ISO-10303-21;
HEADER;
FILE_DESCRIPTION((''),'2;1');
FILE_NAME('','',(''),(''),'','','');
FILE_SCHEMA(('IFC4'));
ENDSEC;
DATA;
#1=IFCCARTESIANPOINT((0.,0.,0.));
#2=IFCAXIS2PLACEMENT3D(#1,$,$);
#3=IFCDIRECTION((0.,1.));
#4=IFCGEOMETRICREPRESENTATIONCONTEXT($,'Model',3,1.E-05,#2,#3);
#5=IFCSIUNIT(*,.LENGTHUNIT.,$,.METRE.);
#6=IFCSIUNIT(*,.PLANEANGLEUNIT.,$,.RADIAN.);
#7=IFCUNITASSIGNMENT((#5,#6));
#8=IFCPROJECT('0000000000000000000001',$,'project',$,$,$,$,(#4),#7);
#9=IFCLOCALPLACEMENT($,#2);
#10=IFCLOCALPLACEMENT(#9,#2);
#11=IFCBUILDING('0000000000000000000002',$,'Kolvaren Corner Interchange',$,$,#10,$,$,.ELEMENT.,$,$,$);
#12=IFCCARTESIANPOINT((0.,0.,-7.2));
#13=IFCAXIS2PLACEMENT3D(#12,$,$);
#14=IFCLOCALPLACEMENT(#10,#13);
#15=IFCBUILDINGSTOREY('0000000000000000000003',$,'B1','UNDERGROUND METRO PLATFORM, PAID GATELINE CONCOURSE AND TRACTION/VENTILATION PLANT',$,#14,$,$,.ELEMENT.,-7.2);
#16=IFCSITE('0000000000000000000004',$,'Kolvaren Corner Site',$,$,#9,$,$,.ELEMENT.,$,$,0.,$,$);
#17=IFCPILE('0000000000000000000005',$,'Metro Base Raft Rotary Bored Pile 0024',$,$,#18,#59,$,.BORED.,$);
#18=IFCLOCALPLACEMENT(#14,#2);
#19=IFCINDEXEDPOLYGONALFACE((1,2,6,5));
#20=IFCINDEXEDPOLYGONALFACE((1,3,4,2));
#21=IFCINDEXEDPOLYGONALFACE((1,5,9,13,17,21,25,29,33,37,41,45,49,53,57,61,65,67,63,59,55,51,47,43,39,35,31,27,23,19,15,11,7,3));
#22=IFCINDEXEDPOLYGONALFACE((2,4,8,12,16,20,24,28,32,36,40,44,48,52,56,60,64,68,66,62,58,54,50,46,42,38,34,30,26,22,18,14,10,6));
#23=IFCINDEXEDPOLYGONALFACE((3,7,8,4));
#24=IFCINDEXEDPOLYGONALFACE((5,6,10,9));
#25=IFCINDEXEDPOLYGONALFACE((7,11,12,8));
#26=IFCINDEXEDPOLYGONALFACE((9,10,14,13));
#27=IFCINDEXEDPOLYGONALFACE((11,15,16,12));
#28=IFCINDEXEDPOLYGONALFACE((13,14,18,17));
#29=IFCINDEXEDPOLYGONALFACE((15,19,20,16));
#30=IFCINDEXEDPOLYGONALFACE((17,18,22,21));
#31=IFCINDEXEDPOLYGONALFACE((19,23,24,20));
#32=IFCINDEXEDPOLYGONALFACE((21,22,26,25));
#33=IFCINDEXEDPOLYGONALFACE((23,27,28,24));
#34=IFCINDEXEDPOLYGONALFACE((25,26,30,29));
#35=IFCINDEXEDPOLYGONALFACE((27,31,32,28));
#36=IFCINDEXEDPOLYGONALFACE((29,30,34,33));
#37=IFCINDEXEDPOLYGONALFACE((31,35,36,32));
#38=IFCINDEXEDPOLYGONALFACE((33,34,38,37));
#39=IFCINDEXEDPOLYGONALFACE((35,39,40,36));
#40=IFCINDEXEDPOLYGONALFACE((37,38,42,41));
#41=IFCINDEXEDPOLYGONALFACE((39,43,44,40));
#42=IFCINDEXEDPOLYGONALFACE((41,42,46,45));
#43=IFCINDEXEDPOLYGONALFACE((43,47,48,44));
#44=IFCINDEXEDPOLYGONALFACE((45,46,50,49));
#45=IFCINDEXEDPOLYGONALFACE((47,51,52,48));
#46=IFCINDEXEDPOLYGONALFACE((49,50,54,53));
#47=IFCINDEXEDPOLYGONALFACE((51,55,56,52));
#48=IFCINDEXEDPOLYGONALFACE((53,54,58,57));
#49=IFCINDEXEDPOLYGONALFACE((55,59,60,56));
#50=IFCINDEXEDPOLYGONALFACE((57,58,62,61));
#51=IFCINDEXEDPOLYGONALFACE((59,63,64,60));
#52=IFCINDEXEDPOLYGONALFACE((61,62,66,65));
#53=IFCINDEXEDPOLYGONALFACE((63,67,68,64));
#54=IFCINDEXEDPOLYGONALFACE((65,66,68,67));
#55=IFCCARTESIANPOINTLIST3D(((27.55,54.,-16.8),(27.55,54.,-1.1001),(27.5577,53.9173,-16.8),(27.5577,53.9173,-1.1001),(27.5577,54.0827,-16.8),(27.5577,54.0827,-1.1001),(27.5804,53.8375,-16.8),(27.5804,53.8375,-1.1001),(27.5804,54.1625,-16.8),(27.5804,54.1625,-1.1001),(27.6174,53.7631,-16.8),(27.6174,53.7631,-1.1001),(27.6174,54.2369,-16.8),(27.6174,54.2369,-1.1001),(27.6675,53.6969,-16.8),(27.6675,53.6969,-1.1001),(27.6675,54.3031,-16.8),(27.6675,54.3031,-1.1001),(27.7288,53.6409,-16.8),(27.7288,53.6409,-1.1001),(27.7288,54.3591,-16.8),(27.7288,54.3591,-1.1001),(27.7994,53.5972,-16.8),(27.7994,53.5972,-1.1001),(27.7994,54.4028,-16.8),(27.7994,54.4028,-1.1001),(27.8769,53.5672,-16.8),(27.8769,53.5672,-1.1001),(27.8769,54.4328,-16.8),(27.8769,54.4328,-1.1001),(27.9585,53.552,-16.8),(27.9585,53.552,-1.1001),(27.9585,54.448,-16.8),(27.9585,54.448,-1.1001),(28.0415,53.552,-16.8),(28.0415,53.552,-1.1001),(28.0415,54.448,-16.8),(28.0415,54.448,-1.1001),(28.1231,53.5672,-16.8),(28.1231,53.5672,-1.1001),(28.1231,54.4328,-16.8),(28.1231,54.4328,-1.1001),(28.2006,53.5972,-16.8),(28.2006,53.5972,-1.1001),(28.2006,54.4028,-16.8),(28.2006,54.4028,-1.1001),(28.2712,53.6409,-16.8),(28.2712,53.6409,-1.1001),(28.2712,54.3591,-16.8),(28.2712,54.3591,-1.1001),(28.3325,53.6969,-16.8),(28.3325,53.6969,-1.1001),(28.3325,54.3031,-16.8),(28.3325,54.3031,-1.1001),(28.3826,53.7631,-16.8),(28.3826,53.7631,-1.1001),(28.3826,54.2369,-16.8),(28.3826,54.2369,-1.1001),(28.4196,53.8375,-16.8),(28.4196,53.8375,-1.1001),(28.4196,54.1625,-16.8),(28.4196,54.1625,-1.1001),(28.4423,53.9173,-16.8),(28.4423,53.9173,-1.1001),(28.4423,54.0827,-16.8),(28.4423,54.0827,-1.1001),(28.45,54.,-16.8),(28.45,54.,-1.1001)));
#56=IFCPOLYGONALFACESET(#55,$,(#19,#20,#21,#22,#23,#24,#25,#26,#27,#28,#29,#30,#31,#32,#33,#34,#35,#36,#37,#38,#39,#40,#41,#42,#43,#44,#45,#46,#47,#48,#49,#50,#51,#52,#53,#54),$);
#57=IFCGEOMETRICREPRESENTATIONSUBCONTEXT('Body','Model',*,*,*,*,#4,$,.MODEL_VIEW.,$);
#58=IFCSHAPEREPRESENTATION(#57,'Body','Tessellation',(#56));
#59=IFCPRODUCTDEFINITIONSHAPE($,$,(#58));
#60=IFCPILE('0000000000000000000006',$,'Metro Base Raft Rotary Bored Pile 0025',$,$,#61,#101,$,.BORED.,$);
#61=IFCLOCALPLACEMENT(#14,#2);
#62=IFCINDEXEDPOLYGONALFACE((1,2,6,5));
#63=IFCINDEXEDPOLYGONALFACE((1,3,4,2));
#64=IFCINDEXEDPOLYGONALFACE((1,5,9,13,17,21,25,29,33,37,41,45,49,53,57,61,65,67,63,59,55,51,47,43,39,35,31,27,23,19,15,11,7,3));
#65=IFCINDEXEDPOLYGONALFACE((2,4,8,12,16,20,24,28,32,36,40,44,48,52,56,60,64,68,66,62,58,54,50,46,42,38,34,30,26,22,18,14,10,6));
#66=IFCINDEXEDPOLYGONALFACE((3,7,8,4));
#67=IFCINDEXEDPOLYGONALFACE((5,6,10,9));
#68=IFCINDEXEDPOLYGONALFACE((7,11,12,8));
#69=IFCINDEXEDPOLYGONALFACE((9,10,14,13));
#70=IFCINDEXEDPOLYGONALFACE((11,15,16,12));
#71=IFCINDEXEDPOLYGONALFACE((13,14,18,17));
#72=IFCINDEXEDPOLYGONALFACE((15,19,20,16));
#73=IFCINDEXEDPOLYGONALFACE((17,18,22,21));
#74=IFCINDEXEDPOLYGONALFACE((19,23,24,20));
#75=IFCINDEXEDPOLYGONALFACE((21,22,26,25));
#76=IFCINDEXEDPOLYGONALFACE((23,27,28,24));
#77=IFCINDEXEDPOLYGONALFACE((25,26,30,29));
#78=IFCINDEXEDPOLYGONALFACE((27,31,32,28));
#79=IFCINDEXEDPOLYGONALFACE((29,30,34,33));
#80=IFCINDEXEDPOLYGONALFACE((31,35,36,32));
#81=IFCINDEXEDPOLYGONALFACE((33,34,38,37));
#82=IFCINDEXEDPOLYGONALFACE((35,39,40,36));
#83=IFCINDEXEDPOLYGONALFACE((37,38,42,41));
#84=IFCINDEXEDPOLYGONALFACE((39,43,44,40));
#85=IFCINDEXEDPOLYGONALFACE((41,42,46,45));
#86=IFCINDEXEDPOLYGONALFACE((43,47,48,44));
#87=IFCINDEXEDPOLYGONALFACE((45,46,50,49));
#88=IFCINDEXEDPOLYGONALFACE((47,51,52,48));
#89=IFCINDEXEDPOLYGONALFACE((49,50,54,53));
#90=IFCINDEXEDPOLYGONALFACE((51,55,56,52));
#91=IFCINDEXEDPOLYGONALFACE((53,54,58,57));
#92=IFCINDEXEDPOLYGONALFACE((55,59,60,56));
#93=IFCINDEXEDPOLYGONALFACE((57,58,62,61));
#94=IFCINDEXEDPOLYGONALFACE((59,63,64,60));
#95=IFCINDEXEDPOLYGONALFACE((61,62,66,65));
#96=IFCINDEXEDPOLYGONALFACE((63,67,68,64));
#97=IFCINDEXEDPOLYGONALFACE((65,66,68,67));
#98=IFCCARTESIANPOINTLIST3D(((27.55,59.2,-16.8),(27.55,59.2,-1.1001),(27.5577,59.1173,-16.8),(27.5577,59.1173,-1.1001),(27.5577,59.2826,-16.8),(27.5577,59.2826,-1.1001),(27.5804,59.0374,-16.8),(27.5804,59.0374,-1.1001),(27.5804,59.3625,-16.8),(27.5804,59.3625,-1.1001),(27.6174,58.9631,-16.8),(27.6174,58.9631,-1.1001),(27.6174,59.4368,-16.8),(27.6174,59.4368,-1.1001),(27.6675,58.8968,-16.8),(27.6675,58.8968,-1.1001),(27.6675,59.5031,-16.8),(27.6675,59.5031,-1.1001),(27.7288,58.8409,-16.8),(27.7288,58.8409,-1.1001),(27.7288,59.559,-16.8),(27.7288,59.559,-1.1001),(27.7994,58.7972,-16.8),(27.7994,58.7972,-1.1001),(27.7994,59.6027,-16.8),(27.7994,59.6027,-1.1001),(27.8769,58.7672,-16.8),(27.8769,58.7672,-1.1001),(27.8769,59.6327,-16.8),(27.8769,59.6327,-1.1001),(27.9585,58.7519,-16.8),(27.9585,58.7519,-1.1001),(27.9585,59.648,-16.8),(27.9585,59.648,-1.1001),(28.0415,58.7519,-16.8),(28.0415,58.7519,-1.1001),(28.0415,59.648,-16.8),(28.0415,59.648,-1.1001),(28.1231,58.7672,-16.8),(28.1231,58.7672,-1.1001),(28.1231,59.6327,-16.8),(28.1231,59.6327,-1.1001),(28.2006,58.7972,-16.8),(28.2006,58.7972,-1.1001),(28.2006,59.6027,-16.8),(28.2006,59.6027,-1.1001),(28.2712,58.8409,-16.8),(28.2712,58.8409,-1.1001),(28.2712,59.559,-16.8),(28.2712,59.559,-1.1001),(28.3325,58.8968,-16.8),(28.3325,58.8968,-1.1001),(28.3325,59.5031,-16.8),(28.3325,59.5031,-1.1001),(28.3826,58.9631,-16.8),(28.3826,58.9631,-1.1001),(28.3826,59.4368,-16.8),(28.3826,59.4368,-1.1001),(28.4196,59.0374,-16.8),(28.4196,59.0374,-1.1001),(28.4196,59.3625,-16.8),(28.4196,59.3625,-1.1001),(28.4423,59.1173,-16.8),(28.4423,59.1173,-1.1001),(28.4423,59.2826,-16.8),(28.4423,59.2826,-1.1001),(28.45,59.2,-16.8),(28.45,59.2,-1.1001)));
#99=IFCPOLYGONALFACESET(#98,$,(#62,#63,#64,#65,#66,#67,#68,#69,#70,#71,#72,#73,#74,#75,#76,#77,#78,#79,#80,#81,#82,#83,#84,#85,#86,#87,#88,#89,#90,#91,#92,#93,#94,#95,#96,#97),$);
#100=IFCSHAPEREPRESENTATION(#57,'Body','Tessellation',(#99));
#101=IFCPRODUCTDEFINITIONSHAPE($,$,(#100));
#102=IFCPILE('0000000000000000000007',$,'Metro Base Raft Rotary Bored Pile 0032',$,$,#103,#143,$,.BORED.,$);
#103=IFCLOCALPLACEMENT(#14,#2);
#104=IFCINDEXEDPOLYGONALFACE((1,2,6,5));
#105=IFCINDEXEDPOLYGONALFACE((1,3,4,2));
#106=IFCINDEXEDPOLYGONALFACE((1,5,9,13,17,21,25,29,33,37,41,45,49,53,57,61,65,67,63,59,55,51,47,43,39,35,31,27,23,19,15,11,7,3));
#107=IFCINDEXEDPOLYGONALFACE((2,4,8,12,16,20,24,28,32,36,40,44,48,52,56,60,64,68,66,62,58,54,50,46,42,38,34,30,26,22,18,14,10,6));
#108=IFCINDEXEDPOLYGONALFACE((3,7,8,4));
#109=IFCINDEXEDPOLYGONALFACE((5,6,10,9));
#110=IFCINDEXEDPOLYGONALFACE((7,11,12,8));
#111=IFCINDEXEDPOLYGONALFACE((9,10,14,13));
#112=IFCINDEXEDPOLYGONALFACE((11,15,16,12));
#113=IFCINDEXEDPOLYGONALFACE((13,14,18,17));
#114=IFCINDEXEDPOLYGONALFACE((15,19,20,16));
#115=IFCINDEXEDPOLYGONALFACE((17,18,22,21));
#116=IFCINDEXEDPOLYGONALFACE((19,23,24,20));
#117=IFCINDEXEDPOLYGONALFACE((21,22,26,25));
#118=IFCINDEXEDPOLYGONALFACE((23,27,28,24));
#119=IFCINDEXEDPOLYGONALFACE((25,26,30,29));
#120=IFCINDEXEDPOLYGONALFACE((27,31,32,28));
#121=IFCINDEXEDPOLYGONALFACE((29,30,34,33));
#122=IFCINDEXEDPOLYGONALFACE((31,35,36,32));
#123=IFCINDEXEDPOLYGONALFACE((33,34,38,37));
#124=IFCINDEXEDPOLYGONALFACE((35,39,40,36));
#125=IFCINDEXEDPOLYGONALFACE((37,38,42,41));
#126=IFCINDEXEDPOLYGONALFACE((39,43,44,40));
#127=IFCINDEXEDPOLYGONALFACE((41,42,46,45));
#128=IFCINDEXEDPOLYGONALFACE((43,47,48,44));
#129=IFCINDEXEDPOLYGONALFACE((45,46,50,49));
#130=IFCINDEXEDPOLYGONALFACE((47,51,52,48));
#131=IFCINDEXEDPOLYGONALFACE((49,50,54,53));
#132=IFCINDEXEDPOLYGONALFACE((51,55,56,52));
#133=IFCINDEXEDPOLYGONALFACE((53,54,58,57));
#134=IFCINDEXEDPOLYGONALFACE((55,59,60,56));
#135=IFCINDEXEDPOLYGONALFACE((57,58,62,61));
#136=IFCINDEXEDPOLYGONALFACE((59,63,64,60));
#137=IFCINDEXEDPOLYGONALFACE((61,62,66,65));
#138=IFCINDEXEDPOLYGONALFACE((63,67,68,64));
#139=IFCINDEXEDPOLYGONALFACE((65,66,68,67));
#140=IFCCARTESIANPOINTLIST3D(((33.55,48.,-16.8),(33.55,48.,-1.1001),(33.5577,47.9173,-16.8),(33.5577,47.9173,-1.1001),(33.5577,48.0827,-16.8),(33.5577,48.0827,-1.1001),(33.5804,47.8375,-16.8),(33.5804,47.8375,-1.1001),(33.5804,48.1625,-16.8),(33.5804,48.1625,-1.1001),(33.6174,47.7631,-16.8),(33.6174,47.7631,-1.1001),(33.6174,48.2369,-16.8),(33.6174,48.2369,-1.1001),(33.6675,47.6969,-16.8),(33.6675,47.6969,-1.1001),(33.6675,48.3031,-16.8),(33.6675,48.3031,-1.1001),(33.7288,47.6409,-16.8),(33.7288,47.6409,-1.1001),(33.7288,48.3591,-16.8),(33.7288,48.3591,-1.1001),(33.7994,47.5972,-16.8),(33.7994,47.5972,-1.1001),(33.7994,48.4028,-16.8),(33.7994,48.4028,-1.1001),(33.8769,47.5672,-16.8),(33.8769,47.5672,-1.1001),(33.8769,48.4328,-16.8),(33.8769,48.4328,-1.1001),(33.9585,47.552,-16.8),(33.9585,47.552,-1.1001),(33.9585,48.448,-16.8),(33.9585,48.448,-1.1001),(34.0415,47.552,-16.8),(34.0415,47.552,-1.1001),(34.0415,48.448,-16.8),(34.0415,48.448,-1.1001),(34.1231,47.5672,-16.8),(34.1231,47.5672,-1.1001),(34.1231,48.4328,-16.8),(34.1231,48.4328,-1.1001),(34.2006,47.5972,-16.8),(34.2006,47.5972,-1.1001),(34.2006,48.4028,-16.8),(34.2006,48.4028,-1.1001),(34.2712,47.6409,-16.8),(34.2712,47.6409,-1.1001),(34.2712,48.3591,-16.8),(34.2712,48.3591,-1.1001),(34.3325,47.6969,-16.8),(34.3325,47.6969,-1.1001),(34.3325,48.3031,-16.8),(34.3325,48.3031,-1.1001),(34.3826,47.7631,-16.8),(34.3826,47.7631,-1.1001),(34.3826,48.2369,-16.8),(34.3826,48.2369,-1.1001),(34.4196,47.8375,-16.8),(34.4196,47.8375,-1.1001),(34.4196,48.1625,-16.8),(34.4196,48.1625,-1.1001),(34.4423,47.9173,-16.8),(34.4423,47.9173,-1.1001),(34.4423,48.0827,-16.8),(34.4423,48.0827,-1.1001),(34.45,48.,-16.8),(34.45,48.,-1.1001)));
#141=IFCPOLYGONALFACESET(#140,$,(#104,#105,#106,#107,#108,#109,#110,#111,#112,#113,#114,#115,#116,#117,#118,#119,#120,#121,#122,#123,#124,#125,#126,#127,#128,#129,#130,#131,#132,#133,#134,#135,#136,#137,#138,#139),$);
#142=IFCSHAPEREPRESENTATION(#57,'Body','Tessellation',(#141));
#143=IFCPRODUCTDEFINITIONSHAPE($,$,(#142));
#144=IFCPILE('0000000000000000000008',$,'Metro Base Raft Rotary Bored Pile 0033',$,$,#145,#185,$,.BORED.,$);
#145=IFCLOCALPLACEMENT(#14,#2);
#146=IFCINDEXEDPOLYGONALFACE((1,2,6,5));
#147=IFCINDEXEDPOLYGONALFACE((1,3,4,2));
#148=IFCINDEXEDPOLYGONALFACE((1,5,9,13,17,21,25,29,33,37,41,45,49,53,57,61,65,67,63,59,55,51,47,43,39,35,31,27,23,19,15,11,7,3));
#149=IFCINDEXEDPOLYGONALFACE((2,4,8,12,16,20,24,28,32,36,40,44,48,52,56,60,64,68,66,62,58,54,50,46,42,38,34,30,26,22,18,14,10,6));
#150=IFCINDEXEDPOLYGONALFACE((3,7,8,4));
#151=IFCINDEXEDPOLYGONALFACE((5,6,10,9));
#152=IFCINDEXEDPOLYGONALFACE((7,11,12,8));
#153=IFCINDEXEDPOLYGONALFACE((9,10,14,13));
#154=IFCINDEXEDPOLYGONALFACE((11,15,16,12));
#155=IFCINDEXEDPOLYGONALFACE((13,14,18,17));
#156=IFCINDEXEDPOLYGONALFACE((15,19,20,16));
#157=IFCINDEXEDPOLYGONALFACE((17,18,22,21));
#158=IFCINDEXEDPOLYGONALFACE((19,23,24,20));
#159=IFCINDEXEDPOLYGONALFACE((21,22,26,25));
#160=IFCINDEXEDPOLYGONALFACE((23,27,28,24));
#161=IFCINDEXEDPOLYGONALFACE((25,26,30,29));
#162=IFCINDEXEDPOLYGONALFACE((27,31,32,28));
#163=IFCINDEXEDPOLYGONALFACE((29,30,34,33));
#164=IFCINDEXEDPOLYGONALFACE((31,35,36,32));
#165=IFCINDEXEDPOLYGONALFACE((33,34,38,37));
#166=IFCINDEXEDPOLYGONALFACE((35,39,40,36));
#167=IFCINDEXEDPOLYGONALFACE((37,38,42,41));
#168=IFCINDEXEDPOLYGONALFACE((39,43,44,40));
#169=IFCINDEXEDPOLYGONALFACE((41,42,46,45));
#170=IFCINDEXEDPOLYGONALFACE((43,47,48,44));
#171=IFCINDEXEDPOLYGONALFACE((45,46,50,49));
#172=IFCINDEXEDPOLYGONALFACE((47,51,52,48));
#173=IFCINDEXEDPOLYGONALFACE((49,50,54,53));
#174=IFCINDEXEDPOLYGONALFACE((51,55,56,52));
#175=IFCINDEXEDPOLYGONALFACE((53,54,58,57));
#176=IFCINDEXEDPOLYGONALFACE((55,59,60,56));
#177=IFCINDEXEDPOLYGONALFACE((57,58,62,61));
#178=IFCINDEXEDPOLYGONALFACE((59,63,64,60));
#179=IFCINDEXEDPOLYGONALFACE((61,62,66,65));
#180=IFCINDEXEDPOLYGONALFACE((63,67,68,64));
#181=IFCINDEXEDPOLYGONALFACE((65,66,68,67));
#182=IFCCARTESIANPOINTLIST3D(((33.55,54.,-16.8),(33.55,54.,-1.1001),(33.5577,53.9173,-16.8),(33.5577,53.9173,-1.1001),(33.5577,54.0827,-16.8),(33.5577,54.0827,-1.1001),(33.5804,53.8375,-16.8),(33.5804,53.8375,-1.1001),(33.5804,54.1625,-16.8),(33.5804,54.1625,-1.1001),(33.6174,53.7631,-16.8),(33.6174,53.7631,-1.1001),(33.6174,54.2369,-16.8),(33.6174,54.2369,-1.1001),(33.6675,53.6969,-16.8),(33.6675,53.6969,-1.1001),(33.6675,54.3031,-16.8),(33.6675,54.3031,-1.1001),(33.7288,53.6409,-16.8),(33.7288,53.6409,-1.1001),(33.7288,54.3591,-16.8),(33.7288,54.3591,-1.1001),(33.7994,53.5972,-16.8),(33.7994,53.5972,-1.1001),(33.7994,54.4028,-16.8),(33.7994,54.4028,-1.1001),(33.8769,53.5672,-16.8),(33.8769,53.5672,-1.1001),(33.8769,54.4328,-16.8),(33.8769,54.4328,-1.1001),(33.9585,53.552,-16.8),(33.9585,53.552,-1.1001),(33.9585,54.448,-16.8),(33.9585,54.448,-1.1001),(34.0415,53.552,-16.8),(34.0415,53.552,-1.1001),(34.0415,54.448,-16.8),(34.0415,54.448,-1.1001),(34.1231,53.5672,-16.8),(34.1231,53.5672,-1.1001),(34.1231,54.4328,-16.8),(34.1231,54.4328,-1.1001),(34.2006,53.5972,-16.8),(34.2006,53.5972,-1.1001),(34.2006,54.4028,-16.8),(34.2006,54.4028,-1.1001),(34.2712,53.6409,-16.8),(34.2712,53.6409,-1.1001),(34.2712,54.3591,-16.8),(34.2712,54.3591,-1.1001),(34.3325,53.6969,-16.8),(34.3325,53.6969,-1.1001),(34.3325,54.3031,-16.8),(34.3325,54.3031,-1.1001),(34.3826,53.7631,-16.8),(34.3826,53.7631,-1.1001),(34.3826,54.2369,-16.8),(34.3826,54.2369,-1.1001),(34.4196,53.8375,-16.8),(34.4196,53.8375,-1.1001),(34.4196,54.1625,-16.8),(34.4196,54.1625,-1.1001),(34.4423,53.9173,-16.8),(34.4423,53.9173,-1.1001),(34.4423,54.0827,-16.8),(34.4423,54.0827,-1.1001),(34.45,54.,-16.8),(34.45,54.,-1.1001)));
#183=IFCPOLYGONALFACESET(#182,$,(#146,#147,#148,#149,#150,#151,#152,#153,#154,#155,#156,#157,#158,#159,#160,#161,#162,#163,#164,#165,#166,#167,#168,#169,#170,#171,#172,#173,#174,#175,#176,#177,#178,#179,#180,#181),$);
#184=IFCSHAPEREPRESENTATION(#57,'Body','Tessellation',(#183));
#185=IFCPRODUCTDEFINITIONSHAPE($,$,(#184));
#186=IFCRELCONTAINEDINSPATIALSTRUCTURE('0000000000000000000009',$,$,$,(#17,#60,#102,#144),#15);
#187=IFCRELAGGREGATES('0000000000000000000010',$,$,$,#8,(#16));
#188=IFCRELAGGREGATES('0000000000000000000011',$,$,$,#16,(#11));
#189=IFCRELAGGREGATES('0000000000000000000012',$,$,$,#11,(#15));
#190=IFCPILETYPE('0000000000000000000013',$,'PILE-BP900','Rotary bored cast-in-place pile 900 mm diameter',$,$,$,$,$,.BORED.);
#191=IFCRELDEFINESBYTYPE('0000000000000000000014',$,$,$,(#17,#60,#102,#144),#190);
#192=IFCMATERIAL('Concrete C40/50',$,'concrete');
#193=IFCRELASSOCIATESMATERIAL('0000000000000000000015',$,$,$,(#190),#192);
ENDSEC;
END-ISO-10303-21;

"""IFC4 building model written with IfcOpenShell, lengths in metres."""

from ifc_helpers import new_model, si_unit, direction, frame, origin, origin_2d, place, context, subcontext, project, spatial, circle, extrude, material, material_profile, profile_set, type_object, element, save


model = new_model("IFC4")

# Units and contexts
model_context = context("Model", 3, precision=1e-05, world=origin(), true_north=direction((0.0, 1.0)))
body_context = subcontext(model_context, "Body", "Model", "MODEL_VIEW")
ifc_project = project(units=[si_unit("LENGTHUNIT", "METRE"), si_unit("PLANEANGLEUNIT", "RADIAN")], contexts=[model_context])

# Site, building, storey
site_placement = place(None, origin())
site = spatial("IfcSite", under=ifc_project, at=site_placement, Name="Kolvaren Corner Site", CompositionType="ELEMENT", RefElevation=0.0)
building_placement = place(site_placement, origin())
building = spatial("IfcBuilding", under=site, at=building_placement, Name="Kolvaren Corner Interchange", CompositionType="ELEMENT")
storey_placement = place(building_placement, frame((0.0, 0.0, -7.2)))
storey = spatial("IfcBuildingStorey", under=building, at=storey_placement, Name="B1", Description="UNDERGROUND METRO PLATFORM, PAID GATELINE CONCOURSE AND TRACTION/VENTILATION PLANT", CompositionType="ELEMENT", Elevation=-7.2)

# Piles
ifc_material_1 = material(Name="Concrete C40/50", Category="concrete")
ifc_material_profile_1 = material_profile(ifc_material_1, circle(Radius=0.45, at=origin_2d()), Name="BORED PILE 900")
ifc_profile_set_1 = profile_set([ifc_material_profile_1], Name="Concrete C40/50")
pile_type = type_object("IfcPileType", Name="PILE-BP900", Description="Rotary bored cast-in-place pile 900 mm diameter", PredefinedType="BORED", material=ifc_profile_set_1)
for number, where, z_axis, x_axis, name in (
    (1, (28.0, 54.0, -1.1001), (0.0, 0.0, -1.0), (1.0, 0.0, 0.0), "Metro Base Raft Rotary Bored Pile 0024"),
    (2, (28.0, 59.2, -1.1001), (0.0, 0.0, -1.0), (1.0, 0.0, 0.0), "Metro Base Raft Rotary Bored Pile 0025"),
    (3, (34.0, 48.0, -1.1001), (0.0, 0.0, -1.0), (1.0, 0.0, 0.0), "Metro Base Raft Rotary Bored Pile 0032"),
    (4, (34.0, 54.0, -1.1001), (0.0, 0.0, -1.0), (1.0, 0.0, 0.0), "Metro Base Raft Rotary Bored Pile 0033"),
):
    element("IfcPile", number, at=place(storey_placement, frame(where, z_axis=z_axis, x_axis=x_axis)), inside=storey, type_object=pile_type, Name=name, PredefinedType="BORED", context=body_context, shape_type="SweptSolid", body=[
        extrude(circle(Radius=0.45, at=origin_2d()), origin(), (0.0, 0.0, 1.0), 15.7),
    ])

save(model, "model.ifc")
